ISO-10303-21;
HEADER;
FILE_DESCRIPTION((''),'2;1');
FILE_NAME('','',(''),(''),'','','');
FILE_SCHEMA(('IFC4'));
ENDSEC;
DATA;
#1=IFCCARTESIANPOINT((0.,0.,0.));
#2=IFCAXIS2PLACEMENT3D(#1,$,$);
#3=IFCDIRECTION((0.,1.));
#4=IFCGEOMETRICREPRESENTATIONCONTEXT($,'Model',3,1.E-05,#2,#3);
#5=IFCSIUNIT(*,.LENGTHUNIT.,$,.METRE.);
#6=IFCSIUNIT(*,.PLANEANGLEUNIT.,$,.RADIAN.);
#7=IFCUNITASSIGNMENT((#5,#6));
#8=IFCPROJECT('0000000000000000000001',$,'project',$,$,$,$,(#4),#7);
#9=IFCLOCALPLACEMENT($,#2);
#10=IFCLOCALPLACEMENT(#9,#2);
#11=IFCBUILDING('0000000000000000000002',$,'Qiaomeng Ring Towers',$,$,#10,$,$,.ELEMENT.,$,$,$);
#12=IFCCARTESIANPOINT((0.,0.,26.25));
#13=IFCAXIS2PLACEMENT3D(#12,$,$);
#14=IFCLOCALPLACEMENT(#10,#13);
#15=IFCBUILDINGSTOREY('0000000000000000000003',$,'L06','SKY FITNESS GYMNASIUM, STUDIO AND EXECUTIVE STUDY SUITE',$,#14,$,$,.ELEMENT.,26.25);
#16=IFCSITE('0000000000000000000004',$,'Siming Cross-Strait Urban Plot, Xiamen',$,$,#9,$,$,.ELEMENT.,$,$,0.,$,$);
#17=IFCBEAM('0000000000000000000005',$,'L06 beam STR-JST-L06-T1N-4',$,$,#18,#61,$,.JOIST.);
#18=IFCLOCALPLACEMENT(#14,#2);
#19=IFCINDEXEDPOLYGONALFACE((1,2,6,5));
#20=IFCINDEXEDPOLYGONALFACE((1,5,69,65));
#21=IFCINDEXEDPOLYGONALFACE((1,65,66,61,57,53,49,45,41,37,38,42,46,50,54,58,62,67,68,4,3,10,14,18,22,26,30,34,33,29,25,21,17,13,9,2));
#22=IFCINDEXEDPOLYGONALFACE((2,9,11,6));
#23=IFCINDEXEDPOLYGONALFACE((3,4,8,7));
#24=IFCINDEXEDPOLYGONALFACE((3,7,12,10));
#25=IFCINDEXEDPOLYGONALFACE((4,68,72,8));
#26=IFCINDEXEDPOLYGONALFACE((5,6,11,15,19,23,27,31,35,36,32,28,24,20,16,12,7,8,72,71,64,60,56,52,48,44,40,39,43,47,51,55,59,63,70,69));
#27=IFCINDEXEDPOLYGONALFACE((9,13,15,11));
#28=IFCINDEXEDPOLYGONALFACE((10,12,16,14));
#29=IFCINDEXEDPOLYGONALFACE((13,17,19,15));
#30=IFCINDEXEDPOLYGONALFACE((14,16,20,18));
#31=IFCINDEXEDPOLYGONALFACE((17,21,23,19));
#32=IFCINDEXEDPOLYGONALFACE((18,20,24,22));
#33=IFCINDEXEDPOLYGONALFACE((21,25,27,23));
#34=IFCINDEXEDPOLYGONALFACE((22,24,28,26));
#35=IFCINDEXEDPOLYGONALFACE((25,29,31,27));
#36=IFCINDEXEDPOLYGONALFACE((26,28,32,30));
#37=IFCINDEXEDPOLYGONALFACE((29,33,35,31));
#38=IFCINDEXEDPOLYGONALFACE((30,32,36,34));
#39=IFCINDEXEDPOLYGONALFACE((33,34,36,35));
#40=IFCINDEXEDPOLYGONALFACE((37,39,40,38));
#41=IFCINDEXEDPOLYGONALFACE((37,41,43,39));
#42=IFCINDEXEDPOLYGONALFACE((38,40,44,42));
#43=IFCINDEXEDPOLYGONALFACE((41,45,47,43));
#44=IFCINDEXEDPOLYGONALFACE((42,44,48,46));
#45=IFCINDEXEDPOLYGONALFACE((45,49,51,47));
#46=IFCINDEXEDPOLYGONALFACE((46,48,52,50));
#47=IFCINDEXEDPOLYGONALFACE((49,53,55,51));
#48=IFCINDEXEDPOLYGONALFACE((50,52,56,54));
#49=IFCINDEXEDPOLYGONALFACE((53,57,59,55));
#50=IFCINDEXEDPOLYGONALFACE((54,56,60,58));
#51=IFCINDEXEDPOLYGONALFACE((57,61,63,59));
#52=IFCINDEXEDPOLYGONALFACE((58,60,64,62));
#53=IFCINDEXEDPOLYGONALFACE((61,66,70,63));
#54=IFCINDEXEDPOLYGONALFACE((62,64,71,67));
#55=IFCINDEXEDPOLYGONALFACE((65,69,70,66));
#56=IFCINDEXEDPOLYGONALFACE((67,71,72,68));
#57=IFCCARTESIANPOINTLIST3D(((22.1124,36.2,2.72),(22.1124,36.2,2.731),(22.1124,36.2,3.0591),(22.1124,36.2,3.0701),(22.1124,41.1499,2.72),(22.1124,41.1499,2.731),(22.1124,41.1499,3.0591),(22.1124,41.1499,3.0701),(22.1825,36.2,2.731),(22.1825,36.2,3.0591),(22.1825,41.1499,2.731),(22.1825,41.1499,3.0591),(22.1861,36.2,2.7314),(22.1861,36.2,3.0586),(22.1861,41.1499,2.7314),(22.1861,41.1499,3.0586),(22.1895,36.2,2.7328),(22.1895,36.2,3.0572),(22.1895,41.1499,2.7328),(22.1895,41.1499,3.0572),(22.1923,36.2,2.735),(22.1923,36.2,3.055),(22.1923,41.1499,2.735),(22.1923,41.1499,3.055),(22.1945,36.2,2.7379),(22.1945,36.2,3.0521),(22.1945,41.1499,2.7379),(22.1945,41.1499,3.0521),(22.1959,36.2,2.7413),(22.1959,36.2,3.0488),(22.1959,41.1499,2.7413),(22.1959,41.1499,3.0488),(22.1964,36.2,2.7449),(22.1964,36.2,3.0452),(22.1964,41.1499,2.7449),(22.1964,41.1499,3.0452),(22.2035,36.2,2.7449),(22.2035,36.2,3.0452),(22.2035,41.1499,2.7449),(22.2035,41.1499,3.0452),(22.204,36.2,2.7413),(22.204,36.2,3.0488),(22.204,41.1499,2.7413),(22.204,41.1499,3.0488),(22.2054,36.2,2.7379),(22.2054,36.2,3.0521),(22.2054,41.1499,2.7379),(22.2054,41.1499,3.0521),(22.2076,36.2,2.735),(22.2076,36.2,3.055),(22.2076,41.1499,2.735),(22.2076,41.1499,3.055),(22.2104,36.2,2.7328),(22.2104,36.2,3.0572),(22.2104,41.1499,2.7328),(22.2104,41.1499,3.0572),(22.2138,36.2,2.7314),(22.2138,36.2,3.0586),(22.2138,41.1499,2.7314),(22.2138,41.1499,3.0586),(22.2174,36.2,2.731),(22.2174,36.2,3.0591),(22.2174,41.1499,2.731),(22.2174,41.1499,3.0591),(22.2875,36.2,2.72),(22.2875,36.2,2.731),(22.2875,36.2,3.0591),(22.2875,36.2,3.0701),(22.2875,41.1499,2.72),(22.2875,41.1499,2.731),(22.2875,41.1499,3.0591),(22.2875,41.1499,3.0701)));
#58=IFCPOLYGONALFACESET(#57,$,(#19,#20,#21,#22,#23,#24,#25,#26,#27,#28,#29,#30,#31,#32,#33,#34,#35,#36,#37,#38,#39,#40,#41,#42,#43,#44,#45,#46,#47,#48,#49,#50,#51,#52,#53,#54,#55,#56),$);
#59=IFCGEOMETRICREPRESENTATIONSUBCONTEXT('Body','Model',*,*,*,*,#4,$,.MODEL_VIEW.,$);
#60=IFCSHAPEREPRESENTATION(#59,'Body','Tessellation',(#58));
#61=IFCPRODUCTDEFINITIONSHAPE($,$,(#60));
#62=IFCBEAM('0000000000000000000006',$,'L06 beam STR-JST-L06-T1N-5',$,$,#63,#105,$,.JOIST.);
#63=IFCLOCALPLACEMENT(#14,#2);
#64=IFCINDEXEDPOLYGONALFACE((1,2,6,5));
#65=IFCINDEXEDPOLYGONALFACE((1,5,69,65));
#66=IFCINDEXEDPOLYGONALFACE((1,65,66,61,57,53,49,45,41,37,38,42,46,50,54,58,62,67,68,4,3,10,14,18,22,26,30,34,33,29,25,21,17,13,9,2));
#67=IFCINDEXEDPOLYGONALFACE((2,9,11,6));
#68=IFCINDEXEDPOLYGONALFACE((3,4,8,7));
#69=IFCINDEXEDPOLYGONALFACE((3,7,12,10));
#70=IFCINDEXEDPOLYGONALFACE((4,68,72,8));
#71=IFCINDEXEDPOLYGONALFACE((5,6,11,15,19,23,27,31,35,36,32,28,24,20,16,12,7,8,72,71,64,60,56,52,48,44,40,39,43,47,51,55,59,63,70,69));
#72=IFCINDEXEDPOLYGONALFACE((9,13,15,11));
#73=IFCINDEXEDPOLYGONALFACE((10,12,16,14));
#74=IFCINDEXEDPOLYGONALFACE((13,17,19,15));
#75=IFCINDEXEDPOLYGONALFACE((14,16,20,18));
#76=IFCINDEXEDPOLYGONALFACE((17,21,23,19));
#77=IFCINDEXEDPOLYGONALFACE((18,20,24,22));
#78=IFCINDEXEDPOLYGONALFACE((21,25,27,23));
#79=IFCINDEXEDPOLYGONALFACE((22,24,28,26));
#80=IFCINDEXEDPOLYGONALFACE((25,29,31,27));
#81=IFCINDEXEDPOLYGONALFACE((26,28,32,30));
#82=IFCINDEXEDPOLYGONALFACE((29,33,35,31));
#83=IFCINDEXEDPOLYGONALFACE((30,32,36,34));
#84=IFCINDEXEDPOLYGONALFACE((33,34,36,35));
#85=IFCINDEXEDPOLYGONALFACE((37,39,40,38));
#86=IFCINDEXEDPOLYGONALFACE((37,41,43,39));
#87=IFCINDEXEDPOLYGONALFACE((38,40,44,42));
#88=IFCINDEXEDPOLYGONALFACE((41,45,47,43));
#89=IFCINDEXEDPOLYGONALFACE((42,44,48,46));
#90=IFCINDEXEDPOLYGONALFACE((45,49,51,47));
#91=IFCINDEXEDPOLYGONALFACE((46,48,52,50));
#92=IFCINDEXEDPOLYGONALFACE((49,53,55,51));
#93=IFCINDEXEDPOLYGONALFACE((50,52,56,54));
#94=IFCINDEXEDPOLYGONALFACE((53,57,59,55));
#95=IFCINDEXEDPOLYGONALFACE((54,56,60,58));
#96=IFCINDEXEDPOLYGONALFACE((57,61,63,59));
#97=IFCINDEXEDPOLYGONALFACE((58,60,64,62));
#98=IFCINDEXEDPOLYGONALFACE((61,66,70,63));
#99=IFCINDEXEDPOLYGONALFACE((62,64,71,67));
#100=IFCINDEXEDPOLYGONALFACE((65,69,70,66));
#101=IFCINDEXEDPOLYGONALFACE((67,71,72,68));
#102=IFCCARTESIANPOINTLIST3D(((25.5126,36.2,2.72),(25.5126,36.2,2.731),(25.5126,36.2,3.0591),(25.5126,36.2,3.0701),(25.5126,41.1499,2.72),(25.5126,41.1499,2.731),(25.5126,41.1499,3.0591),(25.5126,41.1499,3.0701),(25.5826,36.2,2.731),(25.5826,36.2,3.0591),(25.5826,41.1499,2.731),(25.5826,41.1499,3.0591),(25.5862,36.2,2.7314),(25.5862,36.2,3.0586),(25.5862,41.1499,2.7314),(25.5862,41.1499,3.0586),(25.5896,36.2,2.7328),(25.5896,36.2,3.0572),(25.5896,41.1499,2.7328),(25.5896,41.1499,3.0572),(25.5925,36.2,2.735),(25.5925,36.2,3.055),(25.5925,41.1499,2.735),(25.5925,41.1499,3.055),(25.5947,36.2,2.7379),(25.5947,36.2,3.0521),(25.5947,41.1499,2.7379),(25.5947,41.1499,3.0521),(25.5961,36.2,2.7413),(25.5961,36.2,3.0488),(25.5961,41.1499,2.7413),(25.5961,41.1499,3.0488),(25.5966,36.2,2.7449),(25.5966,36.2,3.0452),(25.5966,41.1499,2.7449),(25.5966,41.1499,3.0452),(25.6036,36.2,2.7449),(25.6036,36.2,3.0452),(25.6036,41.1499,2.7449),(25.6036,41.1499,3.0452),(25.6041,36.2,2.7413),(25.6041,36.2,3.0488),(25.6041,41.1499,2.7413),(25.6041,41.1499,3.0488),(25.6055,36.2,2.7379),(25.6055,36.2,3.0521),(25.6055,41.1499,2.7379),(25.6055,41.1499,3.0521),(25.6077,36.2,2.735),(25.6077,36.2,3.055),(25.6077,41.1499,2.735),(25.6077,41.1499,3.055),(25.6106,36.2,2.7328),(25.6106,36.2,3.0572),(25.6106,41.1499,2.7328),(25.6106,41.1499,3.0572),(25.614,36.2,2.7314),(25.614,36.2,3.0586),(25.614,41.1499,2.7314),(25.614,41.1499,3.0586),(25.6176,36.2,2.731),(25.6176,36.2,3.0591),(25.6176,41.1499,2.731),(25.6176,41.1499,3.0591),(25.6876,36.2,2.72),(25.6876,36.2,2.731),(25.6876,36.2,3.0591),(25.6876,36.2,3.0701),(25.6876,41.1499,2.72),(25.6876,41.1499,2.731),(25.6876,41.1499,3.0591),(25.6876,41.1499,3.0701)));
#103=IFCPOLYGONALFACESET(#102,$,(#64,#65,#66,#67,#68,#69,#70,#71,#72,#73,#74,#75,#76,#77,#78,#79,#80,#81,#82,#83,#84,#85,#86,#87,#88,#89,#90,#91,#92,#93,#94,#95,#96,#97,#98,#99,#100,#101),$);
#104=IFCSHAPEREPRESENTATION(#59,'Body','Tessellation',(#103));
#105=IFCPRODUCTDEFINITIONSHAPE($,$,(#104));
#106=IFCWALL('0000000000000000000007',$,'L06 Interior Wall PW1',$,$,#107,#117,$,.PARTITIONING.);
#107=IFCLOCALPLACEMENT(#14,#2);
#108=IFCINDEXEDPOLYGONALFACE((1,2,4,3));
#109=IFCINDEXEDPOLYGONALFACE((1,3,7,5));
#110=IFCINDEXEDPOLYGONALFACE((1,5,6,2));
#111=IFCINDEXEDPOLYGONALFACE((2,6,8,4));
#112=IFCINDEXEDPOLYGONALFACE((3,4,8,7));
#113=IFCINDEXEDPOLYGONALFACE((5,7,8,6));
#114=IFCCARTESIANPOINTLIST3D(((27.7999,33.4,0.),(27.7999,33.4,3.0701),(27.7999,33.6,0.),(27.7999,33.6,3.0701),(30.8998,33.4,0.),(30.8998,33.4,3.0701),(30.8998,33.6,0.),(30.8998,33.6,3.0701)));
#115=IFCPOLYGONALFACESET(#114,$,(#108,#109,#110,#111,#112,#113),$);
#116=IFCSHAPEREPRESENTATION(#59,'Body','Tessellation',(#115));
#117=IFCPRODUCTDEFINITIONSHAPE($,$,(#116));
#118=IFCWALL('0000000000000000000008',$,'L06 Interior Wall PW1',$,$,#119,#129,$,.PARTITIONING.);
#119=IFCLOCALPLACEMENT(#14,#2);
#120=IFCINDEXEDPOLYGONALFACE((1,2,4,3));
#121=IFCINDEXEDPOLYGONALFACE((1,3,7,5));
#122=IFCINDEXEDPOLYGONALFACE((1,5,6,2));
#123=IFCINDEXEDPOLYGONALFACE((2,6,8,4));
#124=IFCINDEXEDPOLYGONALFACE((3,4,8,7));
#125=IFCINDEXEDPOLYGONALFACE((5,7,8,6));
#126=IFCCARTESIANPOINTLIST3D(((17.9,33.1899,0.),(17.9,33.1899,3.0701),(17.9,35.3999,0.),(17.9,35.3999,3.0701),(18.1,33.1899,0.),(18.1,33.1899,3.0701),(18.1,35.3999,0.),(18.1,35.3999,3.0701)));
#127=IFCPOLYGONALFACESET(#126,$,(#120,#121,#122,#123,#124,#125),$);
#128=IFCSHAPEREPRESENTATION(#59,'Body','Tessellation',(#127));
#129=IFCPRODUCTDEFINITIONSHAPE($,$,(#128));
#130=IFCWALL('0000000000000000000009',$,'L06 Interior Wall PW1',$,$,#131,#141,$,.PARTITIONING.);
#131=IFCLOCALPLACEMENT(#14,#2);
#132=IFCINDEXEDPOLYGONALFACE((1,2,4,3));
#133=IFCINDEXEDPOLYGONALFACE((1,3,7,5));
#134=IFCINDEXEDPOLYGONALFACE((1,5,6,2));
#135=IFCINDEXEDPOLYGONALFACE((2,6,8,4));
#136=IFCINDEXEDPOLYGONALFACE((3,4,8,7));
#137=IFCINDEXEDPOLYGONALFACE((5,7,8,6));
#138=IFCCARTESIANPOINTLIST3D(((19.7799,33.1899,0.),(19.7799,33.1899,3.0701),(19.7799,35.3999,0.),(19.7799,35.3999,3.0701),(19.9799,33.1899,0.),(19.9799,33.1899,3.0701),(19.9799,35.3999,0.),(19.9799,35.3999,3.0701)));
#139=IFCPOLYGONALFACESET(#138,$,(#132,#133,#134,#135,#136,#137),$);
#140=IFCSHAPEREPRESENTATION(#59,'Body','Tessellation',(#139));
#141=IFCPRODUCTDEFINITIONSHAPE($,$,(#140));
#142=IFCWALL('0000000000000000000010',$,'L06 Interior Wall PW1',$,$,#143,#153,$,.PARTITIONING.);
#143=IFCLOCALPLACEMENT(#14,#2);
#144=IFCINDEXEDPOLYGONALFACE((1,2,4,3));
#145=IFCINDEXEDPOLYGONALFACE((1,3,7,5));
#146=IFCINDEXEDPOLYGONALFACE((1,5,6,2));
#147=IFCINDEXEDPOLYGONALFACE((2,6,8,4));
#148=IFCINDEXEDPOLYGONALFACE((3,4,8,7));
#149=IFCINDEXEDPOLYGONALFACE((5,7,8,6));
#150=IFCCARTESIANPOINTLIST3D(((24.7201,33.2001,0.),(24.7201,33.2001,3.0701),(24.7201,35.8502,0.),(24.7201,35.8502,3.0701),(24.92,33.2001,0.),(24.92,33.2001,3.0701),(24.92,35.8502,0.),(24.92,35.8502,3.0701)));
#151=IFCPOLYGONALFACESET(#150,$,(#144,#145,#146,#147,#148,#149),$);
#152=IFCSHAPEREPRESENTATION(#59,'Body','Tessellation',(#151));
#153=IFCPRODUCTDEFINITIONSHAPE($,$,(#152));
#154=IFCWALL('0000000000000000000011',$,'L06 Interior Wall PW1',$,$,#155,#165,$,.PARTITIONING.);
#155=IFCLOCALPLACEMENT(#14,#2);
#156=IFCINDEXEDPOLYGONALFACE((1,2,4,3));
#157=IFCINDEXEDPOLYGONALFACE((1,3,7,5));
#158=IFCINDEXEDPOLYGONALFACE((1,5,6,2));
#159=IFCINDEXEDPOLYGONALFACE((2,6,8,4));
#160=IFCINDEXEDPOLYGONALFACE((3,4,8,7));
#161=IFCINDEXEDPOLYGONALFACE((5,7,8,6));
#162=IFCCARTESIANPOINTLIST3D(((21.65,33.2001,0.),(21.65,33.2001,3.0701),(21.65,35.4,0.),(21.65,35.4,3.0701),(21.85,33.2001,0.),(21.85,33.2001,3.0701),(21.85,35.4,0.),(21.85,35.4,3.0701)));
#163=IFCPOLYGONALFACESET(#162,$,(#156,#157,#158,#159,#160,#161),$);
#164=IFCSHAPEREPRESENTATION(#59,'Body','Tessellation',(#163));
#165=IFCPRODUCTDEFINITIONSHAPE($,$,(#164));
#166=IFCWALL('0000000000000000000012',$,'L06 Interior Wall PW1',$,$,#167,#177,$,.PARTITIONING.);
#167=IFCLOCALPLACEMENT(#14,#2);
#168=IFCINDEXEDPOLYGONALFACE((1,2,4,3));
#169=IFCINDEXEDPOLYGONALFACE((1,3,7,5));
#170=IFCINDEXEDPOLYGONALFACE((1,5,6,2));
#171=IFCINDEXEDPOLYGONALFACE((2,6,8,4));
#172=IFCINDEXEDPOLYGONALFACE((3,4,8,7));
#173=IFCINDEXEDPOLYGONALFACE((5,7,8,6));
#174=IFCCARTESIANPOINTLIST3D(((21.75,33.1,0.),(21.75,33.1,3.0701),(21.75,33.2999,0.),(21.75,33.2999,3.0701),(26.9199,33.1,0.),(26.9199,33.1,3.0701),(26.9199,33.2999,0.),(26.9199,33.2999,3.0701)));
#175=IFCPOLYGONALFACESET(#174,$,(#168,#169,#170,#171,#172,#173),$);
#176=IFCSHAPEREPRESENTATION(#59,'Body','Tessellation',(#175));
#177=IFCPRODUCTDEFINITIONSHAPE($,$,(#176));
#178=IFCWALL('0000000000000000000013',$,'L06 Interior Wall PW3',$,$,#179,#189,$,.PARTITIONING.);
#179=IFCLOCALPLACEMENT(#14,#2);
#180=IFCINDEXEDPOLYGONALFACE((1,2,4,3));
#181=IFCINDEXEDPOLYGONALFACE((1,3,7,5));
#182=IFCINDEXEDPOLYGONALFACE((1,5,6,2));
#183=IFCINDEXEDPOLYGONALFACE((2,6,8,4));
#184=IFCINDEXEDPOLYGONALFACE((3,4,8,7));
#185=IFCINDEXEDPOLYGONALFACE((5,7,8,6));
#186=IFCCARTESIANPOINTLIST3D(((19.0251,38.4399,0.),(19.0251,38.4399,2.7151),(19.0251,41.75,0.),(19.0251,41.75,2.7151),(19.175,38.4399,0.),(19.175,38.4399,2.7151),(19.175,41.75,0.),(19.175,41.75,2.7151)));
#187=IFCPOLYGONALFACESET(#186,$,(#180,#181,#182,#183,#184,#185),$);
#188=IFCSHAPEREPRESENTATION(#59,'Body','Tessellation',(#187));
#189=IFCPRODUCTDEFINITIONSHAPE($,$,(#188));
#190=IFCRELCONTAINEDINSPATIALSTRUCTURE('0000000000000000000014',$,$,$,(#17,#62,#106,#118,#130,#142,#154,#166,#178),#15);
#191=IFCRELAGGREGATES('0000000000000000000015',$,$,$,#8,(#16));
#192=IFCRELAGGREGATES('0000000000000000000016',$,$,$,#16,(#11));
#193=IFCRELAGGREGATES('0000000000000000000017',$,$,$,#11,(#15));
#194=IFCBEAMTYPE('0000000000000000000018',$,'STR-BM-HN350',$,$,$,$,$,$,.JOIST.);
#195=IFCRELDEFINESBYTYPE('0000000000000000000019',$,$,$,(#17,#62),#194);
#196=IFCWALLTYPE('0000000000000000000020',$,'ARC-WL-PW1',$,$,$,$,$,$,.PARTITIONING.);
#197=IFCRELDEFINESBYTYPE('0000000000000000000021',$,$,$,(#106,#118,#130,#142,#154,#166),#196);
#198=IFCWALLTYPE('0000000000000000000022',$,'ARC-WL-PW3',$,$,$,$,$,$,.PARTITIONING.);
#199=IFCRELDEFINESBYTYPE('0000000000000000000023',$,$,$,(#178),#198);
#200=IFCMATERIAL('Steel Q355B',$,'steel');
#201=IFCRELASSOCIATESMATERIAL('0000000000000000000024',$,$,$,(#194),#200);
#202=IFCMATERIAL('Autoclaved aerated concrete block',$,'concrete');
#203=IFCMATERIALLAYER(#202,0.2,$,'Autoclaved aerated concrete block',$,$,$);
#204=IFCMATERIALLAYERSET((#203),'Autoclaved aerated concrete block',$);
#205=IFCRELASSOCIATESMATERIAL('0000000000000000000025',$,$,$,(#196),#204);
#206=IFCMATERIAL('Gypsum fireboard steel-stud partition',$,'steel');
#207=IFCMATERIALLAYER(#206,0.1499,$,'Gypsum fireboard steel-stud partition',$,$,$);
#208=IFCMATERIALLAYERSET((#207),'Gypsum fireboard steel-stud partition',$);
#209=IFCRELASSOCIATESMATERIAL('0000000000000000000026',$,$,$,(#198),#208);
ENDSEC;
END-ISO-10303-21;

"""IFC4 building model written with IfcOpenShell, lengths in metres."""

from ifc_helpers import new_model, si_unit, direction, frame, frame_2d, origin, origin_2d, place, context, subcontext, project, spatial, rectangle, i_section, extrude, source, transform, mapped, material, layer, layer_set, material_profile, profile_set, type_object, element, save


model = new_model("IFC4")

# Units and contexts
model_context = context("Model", 3, precision=1e-05, world=origin(), true_north=direction((0.0, 1.0)))
body_context = subcontext(model_context, "Body", "Model", "MODEL_VIEW")
ifc_project = project(units=[si_unit("LENGTHUNIT", "METRE"), si_unit("PLANEANGLEUNIT", "RADIAN")], contexts=[model_context])

# Site, building, storey
site_placement = place(None, origin())
site = spatial("IfcSite", under=ifc_project, at=site_placement, Name="Siming Cross-Strait Urban Plot, Xiamen", CompositionType="ELEMENT", RefElevation=0.0)
building_placement = place(site_placement, origin())
building = spatial("IfcBuilding", under=site, at=building_placement, Name="Qiaomeng Ring Towers", CompositionType="ELEMENT")
storey_placement = place(building_placement, frame((0.0, 0.0, 26.25)))
storey = spatial("IfcBuildingStorey", under=building, at=storey_placement, Name="L06", Description="SKY FITNESS GYMNASIUM, STUDIO AND EXECUTIVE STUDY SUITE", CompositionType="ELEMENT", Elevation=26.25)

# Beams
ifc_material_1 = material(Name="Steel Q355B", Category="steel")
ifc_material_profile_1 = material_profile(ifc_material_1, i_section(OverallWidth=0.175, OverallDepth=0.3501, WebThickness=0.0071, FlangeThickness=0.011, FilletRadius=0.0139, at=origin_2d()), Name="HN 350x175x7x11")
ifc_profile_set_1 = profile_set([ifc_material_profile_1], Name="Steel Q355B")
beam_type_1 = type_object("IfcBeamType", Name="STR-BM-HN350", PredefinedType="JOIST", material=ifc_profile_set_1)
shared_shape_1 = source(origin(), body_context, "Body", "SweptSolid", [
    extrude(i_section(OverallWidth=0.175, OverallDepth=0.3501, WebThickness=0.0071, FlangeThickness=0.011, FilletRadius=0.0139, at=origin_2d()), origin(), (0.0, 0.0, 1.0), 4.95),
])
for number, where, z_axis, x_axis, name in (
    (1, (22.2, 36.2, 2.895), (0.0, 1.0, 0.0), (-1.0, 0.0, 0.0), "L06 beam STR-JST-L06-T1N-4"),
    (2, (25.6001, 36.2, 2.895), (0.0, 1.0, 0.0), (-1.0, 0.0, 0.0), "L06 beam STR-JST-L06-T1N-5"),
):
    element("IfcBeam", number, at=place(storey_placement, frame(where, z_axis=z_axis, x_axis=x_axis)), inside=storey, type_object=beam_type_1, Name=name, PredefinedType="JOIST", context=body_context, shape_type="MappedRepresentation", body=[
        mapped(shared_shape_1, transform((0.0, 0.0, 0.0), x_axis=(1.0, 0.0, 0.0), y_axis=(0.0, 1.0, 0.0), z_axis=(0.0, 0.0, 1.0), scale=1.0)),
    ])

# Walls
ifc_material_2 = material(Name="Autoclaved aerated concrete block", Category="concrete")
ifc_layer_1 = layer(ifc_material_2, 0.2, Name="Autoclaved aerated concrete block")
ifc_layer_set_1 = layer_set([ifc_layer_1], Name="Autoclaved aerated concrete block")
wall_type_1 = type_object("IfcWallType", Name="ARC-WL-PW1", PredefinedType="PARTITIONING", material=ifc_layer_set_1)
wall_1_placement = place(storey_placement, frame((27.8, 33.5, 0.0), z_axis=(0.0, 0.0, 1.0), x_axis=(1.0, 0.0, 0.0)))
element("IfcWall", 3, at=wall_1_placement, inside=storey, type_object=wall_type_1, Name="L06 Interior Wall PW1", PredefinedType="PARTITIONING", context=body_context, shape_type="SweptSolid", body=[
    extrude(rectangle(XDim=3.0999, YDim=0.2, at=frame_2d((1.5498, 0.0))), origin(), (0.0, 0.0, 1.0), 3.0701),
])
for number, where, z_axis, x_axis, name in (
    (4, (18.0, 33.1899, 0.0), (0.0, 0.0, 1.0), (0.0, 1.0, 0.0), "L06 Interior Wall PW1"),
    (5, (19.8799, 33.1899, 0.0), (0.0, 0.0, 1.0), (0.0, 1.0, 0.0), "L06 Interior Wall PW1"),
):
    element("IfcWall", number, at=place(storey_placement, frame(where, z_axis=z_axis, x_axis=x_axis)), inside=storey, type_object=wall_type_1, Name=name, PredefinedType="PARTITIONING", context=body_context, shape_type="SweptSolid", body=[
        extrude(rectangle(XDim=2.21, YDim=0.2, at=frame_2d((1.105, 0.0))), origin(), (0.0, 0.0, 1.0), 3.0701),
    ])
wall_2_placement = place(storey_placement, frame((24.8201, 33.2, 0.0), z_axis=(0.0, 0.0, 1.0), x_axis=(0.0, 1.0, 0.0)))
element("IfcWall", 6, at=wall_2_placement, inside=storey, type_object=wall_type_1, Name="L06 Interior Wall PW1", PredefinedType="PARTITIONING", context=body_context, shape_type="SweptSolid", body=[
    extrude(rectangle(XDim=2.6501, YDim=0.2, at=frame_2d((1.3252, 0.0))), origin(), (0.0, 0.0, 1.0), 3.0701),
])
wall_3_placement = place(storey_placement, frame((21.75, 33.2, 0.0), z_axis=(0.0, 0.0, 1.0), x_axis=(0.0, 1.0, 0.0)))
element("IfcWall", 7, at=wall_3_placement, inside=storey, type_object=wall_type_1, Name="L06 Interior Wall PW1", PredefinedType="PARTITIONING", context=body_context, shape_type="SweptSolid", body=[
    extrude(rectangle(XDim=2.2, YDim=0.2, at=frame_2d((1.1001, 0.0))), origin(), (0.0, 0.0, 1.0), 3.0701),
])
wall_4_placement = place(storey_placement, frame((21.75, 33.2, 0.0), z_axis=(0.0, 0.0, 1.0), x_axis=(1.0, 0.0, 0.0)))
element("IfcWall", 8, at=wall_4_placement, inside=storey, type_object=wall_type_1, Name="L06 Interior Wall PW1", PredefinedType="PARTITIONING", context=body_context, shape_type="SweptSolid", body=[
    extrude(rectangle(XDim=5.1699, YDim=0.2, at=frame_2d((2.585, 0.0))), origin(), (0.0, 0.0, 1.0), 3.0701),
])
ifc_material_3 = material(Name="Gypsum fireboard steel-stud partition", Category="steel")
ifc_layer_2 = layer(ifc_material_3, 0.1499, Name="Gypsum fireboard steel-stud partition")
ifc_layer_set_2 = layer_set([ifc_layer_2], Name="Gypsum fireboard steel-stud partition")
wall_type_2 = type_object("IfcWallType", Name="ARC-WL-PW3", PredefinedType="PARTITIONING", material=ifc_layer_set_2)
wall_5_placement = place(storey_placement, frame((19.1001, 38.4399, 0.0), z_axis=(0.0, 0.0, 1.0), x_axis=(0.0, 1.0, 0.0)))
element("IfcWall", 9, at=wall_5_placement, inside=storey, type_object=wall_type_2, Name="L06 Interior Wall PW3", PredefinedType="PARTITIONING", context=body_context, shape_type="SweptSolid", body=[
    extrude(rectangle(XDim=3.3101, YDim=0.1499, at=frame_2d((1.655, 0.0))), origin(), (0.0, 0.0, 1.0), 2.7151),
])

save(model, "model.ifc")
